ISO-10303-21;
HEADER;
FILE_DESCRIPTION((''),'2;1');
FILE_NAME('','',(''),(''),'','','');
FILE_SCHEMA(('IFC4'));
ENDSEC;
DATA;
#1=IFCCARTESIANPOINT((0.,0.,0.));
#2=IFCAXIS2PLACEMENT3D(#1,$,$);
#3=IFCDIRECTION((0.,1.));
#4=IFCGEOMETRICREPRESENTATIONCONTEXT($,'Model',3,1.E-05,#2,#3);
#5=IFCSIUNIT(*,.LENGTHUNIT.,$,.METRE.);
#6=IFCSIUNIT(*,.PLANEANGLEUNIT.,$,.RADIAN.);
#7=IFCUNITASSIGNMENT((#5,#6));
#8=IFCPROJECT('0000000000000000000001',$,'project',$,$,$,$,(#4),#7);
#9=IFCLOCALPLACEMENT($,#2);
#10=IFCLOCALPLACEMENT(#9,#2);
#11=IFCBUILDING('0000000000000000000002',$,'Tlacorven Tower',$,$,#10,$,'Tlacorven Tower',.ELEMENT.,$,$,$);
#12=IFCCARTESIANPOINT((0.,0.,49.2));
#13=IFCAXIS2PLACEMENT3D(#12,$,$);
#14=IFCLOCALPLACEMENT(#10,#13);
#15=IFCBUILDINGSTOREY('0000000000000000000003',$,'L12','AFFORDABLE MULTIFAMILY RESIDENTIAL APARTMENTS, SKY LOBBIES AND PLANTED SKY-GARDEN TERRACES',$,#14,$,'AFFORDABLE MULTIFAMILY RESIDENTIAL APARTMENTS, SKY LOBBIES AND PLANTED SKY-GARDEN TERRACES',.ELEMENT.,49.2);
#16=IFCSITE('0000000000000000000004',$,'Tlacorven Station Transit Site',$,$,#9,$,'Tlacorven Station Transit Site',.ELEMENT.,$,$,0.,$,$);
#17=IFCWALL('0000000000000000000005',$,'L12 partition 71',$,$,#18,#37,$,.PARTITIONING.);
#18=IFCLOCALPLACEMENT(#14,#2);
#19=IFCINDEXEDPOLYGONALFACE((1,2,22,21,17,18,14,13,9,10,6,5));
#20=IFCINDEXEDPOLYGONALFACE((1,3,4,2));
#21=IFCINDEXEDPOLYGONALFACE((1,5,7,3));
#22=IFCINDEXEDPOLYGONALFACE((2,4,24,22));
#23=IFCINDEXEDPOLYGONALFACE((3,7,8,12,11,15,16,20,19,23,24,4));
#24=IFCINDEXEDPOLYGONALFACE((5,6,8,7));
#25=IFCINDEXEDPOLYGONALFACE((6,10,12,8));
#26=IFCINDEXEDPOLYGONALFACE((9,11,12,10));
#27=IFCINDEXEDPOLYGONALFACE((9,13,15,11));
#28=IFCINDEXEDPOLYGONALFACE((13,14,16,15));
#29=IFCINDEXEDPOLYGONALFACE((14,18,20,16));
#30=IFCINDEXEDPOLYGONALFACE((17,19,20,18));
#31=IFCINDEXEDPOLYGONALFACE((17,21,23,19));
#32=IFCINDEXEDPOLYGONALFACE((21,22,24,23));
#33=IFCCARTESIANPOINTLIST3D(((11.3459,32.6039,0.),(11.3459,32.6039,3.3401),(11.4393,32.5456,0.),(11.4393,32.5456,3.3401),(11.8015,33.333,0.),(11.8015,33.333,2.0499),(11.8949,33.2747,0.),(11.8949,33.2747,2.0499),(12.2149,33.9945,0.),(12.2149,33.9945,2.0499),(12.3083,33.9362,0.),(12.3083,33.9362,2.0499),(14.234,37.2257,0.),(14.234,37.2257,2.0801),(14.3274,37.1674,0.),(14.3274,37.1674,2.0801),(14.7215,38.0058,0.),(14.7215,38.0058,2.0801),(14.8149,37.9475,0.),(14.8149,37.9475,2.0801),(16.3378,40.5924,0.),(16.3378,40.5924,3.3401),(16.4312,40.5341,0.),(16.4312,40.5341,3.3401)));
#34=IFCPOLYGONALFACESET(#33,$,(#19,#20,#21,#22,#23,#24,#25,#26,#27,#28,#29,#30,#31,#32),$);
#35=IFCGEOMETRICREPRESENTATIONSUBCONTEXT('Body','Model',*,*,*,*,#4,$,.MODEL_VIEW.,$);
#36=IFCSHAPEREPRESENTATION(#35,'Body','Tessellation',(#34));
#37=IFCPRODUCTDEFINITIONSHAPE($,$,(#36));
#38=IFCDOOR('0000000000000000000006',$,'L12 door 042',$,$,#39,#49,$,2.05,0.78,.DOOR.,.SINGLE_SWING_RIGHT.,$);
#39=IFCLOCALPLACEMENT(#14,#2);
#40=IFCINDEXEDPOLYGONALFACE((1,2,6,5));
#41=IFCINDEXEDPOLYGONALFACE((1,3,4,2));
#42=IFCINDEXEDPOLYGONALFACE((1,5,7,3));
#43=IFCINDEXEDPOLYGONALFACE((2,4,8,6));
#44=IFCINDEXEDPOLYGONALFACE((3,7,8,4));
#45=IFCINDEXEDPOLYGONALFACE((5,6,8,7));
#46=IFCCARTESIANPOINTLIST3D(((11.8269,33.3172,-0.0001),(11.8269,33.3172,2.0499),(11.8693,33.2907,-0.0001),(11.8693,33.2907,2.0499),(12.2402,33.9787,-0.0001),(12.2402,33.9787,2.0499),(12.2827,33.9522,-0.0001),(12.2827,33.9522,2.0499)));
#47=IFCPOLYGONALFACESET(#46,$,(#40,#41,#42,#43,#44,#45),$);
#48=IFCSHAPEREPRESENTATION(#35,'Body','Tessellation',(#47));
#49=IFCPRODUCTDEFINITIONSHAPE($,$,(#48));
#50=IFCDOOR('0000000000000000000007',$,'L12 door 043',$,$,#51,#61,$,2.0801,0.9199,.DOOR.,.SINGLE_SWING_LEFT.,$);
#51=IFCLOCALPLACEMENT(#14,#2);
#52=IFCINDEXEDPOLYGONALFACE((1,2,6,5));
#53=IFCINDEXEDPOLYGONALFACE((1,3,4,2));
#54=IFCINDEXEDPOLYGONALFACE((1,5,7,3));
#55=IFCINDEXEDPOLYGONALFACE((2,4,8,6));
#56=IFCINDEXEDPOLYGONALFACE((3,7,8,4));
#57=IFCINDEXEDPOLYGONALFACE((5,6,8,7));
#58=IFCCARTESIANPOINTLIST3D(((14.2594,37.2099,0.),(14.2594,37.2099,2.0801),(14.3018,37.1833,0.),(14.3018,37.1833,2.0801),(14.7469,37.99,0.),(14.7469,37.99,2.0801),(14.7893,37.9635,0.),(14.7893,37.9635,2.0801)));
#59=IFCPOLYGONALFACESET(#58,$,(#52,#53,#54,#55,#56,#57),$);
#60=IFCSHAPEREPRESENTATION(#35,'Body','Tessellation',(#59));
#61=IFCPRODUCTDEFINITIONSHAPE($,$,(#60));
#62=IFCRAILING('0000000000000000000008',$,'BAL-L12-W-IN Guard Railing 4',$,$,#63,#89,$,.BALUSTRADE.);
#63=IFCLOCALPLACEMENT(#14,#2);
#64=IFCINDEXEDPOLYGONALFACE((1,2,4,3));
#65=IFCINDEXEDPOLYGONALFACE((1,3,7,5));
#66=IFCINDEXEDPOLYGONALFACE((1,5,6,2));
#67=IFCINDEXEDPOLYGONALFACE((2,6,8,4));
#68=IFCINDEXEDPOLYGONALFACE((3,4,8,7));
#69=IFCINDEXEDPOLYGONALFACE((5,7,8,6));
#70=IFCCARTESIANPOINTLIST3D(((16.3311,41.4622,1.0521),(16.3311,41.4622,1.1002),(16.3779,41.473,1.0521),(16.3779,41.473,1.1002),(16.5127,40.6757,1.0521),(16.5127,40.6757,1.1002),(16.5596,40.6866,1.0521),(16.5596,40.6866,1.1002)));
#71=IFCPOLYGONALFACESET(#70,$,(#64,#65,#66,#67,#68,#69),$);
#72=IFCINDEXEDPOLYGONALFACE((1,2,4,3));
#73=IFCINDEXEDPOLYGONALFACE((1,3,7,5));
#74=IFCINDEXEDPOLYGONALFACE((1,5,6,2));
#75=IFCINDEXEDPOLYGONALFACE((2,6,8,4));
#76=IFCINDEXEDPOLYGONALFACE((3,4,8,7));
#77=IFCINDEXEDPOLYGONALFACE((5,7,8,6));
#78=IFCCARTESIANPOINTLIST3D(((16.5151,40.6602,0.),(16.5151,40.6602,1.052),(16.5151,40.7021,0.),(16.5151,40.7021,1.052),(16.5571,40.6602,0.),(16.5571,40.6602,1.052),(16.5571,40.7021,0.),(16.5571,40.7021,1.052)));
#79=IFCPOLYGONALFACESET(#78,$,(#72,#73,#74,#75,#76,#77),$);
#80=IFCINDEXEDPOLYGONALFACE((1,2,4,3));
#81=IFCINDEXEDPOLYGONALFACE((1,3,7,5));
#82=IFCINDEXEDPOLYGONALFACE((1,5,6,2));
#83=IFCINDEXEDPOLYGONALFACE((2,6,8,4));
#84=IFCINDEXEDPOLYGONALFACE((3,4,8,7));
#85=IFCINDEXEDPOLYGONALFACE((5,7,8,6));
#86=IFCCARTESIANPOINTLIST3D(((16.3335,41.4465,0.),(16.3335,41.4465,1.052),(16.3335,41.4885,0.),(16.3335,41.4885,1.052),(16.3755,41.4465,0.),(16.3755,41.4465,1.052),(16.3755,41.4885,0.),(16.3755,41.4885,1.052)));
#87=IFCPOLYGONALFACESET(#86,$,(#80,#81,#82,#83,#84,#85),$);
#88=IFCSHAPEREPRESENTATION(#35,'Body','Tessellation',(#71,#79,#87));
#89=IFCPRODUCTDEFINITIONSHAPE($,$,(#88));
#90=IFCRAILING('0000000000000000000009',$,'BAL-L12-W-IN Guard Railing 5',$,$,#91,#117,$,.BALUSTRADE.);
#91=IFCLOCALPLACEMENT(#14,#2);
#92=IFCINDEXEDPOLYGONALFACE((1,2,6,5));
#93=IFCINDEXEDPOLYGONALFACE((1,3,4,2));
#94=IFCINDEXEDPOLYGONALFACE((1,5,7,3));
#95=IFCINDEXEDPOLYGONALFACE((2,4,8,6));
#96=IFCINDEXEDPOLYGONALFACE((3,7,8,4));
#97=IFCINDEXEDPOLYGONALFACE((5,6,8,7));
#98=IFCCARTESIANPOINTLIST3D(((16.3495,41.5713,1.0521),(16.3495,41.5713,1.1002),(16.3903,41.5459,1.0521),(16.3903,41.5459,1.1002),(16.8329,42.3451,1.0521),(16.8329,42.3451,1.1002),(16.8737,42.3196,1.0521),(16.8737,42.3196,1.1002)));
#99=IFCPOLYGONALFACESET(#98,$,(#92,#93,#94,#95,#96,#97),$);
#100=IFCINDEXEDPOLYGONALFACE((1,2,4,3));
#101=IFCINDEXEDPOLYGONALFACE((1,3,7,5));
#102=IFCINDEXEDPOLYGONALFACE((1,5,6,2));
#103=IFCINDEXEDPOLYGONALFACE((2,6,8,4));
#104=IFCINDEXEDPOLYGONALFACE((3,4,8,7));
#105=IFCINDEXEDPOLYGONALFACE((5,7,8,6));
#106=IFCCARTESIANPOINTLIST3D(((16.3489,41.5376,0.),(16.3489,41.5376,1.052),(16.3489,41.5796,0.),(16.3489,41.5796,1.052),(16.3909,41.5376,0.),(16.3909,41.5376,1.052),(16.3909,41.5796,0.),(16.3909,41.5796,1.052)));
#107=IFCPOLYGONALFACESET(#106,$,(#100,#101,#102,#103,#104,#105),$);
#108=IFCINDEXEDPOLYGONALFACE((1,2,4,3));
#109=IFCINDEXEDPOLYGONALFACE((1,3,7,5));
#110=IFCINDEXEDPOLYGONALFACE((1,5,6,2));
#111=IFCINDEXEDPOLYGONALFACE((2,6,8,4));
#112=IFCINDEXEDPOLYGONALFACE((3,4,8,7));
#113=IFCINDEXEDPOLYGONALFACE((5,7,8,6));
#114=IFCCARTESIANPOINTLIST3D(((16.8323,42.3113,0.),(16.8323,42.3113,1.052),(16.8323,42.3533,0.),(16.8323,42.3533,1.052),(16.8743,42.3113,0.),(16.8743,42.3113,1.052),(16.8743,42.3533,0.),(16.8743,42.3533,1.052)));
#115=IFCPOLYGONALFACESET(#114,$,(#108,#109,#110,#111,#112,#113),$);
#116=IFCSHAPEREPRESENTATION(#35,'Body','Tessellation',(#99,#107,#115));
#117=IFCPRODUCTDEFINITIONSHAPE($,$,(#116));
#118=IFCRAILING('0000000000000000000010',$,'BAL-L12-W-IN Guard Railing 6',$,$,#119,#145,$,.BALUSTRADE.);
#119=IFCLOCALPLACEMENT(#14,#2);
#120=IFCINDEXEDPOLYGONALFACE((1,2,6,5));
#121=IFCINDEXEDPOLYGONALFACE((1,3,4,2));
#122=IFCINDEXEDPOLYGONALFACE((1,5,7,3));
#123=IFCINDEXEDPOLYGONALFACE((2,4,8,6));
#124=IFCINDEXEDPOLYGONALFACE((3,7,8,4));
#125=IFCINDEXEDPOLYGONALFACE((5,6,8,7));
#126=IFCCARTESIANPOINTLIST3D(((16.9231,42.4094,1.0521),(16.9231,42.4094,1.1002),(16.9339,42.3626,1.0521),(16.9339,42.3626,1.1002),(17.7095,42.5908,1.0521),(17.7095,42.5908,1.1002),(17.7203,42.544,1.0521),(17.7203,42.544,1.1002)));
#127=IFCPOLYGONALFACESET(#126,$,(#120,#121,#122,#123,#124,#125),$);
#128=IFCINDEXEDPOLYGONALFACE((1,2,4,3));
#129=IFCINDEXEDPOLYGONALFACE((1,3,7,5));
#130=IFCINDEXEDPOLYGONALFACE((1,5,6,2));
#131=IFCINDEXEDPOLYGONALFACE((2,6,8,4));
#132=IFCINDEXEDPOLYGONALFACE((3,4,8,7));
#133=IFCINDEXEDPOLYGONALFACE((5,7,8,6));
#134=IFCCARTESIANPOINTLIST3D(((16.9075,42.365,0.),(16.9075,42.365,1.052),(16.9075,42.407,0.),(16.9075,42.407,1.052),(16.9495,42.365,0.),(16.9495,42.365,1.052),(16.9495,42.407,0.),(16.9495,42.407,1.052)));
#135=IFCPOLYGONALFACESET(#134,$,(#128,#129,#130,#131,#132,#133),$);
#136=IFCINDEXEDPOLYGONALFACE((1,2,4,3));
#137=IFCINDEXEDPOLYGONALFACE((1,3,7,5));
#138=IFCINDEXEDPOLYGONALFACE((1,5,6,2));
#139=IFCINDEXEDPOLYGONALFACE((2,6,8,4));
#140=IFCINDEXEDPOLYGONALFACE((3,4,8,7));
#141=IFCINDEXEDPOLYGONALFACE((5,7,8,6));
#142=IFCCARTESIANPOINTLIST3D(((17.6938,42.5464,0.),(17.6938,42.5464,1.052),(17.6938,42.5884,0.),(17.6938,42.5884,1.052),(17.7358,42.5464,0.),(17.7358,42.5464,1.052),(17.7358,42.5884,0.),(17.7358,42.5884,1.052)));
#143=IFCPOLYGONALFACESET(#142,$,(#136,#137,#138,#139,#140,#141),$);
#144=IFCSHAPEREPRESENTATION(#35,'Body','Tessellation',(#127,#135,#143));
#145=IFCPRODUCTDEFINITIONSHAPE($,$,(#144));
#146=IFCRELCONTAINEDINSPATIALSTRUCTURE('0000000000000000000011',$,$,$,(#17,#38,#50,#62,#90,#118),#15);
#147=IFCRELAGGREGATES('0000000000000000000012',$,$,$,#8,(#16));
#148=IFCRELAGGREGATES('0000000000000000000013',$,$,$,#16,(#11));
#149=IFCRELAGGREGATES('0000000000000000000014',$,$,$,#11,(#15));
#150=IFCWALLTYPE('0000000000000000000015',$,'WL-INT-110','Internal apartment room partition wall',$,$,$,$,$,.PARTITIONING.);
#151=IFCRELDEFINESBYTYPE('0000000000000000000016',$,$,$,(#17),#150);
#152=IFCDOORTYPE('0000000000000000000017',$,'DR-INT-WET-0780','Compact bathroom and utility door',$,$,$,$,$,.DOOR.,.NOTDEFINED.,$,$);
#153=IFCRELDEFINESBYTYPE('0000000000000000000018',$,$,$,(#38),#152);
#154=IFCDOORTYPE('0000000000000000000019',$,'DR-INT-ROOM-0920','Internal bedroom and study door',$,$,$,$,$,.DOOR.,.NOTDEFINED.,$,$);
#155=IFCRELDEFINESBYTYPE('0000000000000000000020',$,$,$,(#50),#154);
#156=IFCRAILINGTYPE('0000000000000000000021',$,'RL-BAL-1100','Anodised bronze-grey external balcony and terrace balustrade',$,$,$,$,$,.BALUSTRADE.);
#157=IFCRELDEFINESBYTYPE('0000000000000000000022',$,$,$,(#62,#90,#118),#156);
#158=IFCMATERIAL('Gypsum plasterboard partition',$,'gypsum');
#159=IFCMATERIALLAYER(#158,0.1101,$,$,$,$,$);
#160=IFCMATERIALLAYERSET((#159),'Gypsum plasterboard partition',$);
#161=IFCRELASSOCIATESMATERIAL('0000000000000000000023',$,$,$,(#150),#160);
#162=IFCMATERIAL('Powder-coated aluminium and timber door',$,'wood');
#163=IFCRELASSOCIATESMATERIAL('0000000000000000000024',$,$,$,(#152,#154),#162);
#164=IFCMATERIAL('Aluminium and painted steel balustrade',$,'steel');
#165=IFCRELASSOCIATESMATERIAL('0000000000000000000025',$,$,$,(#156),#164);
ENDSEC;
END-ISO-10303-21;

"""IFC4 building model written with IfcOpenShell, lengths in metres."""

from ifc_helpers import new_model, si_unit, direction, frame, frame_2d, origin, origin_2d, place, context, subcontext, project, spatial, rectangle, extrude, source, transform, mapped, material, layer, layer_set, type_object, element, fill, save


model = new_model("IFC4")

# Units and contexts
model_context = context("Model", 3, precision=1e-05, world=origin(), true_north=direction((0.0, 1.0)))
body_context = subcontext(model_context, "Body", "Model", "MODEL_VIEW")
ifc_project = project(units=[si_unit("LENGTHUNIT", "METRE"), si_unit("PLANEANGLEUNIT", "RADIAN")], contexts=[model_context])

# Site, building, storey
site_placement = place(None, origin())
site = spatial("IfcSite", under=ifc_project, at=site_placement, Name="Tlacorven Station Transit Site", LongName="Tlacorven Station Transit Site", CompositionType="ELEMENT", RefElevation=0.0)
building_placement = place(site_placement, origin())
building = spatial("IfcBuilding", under=site, at=building_placement, Name="Tlacorven Tower", LongName="Tlacorven Tower", CompositionType="ELEMENT")
storey_placement = place(building_placement, frame((0.0, 0.0, 49.2)))
storey = spatial("IfcBuildingStorey", under=building, at=storey_placement, Name="L12", Description="AFFORDABLE MULTIFAMILY RESIDENTIAL APARTMENTS, SKY LOBBIES AND PLANTED SKY-GARDEN TERRACES", LongName="AFFORDABLE MULTIFAMILY RESIDENTIAL APARTMENTS, SKY LOBBIES AND PLANTED SKY-GARDEN TERRACES", CompositionType="ELEMENT", Elevation=49.2)

# Shared definitions
ifc_material_1 = material(Name="Powder-coated aluminium and timber door", Category="wood")

# Wall, openings, doors
ifc_material_2 = material(Name="Gypsum plasterboard partition", Category="gypsum")
ifc_layer_1 = layer(ifc_material_2, 0.1101)
ifc_layer_set_1 = layer_set([ifc_layer_1], Name="Gypsum plasterboard partition")
wall_type_1 = type_object("IfcWallType", Name="WL-INT-110", Description="Internal apartment room partition wall", PredefinedType="PARTITIONING", material=ifc_layer_set_1)
wall_1_placement = place(storey_placement, frame((16.3845, 40.5632, 0.0), z_axis=(0.0, 0.0, 1.0), x_axis=(-0.529931, -0.848041, 0.0)))
wall_1 = element("IfcWall", 1, at=wall_1_placement, inside=storey, type_object=wall_type_1, Name="L12 partition 71", PredefinedType="PARTITIONING", context=body_context, shape_type="SweptSolid", body=[
    extrude(rectangle(XDim=9.4199, YDim=0.1101, at=frame_2d((4.71, 0.0))), origin(), (0.0, 0.0, 1.0), 3.3401),
])
opening_1_placement = place(wall_1_placement, frame((7.78, 0.0, 0.0)))
opening_1 = element("IfcOpeningElement", 2, at=opening_1_placement, cuts=wall_1, PredefinedType="OPENING", context=body_context, shape_type="SweptSolid", body=[
    extrude(rectangle(XDim=0.78, YDim=2.05, at=frame_2d((0.3901, 1.0249))), frame((0.0, 0.0649, 0.0), z_axis=(0.0, -1.0, 0.0), x_axis=(1.0, 0.0, 0.0)), (0.0, 0.0, 1.0), 0.1301),
])
opening_2_placement = place(wall_1_placement, frame((3.05, 0.0, 0.0)))
opening_2 = element("IfcOpeningElement", 3, at=opening_2_placement, cuts=wall_1, PredefinedType="OPENING", context=body_context, shape_type="SweptSolid", body=[
    extrude(rectangle(XDim=0.9199, YDim=2.0801, at=frame_2d((0.46, 1.04))), frame((0.0, 0.0649, 0.0), z_axis=(0.0, -1.0, 0.0), x_axis=(1.0, 0.0, 0.0)), (0.0, 0.0, 1.0), 0.1301),
])
door_type_1 = type_object("IfcDoorType", Name="DR-INT-WET-0780", Description="Compact bathroom and utility door", OperationType="NOTDEFINED", PredefinedType="DOOR", material=ifc_material_1)
shared_shape_1 = source(origin(), body_context, "Body", "SweptSolid", [
    extrude(rectangle(XDim=0.78, YDim=2.05, at=frame_2d((0.3901, 1.0249))), frame((0.0, 0.0249, 0.0), z_axis=(0.0, -1.0, 0.0), x_axis=(1.0, 0.0, 0.0)), (0.0, 0.0, 1.0), 0.05),
])
door_1_placement = place(opening_1_placement, origin())
door_1 = element("IfcDoor", 4, at=door_1_placement, inside=storey, type_object=door_type_1, Name="L12 door 042", OperationType="SINGLE_SWING_RIGHT", OverallHeight=2.05, OverallWidth=0.78, PredefinedType="DOOR", context=body_context, shape_type="MappedRepresentation", body=[
    mapped(shared_shape_1, transform((0.0, 0.0, 0.0), scale=1.0)),
])
fill(opening_1, door_1)
door_type_2 = type_object("IfcDoorType", Name="DR-INT-ROOM-0920", Description="Internal bedroom and study door", OperationType="NOTDEFINED", PredefinedType="DOOR", material=ifc_material_1)
shared_shape_2 = source(origin(), body_context, "Body", "SweptSolid", [
    extrude(rectangle(XDim=0.9199, YDim=2.0801, at=frame_2d((0.46, 1.04))), frame((0.0, 0.0249, 0.0), z_axis=(0.0, -1.0, 0.0), x_axis=(1.0, 0.0, 0.0)), (0.0, 0.0, 1.0), 0.05),
])
door_2_placement = place(opening_2_placement, origin())
door_2 = element("IfcDoor", 5, at=door_2_placement, inside=storey, type_object=door_type_2, Name="L12 door 043", OperationType="SINGLE_SWING_LEFT", OverallHeight=2.0801, OverallWidth=0.9199, PredefinedType="DOOR", context=body_context, shape_type="MappedRepresentation", body=[
    mapped(shared_shape_2, transform((0.0, 0.0, 0.0), scale=1.0)),
])
fill(opening_2, door_2)

# Railings
ifc_material_3 = material(Name="Aluminium and painted steel balustrade", Category="steel")
railing_type = type_object("IfcRailingType", Name="RL-BAL-1100", Description="Anodised bronze-grey external balcony and terrace balustrade", PredefinedType="BALUSTRADE", material=ifc_material_3)
shared_shape_3 = source(origin(), body_context, "Body", "SweptSolid", [
    extrude(rectangle(XDim=0.0481, YDim=0.0481, at=origin_2d()), frame((0.0, 0.0, 1.0762), z_axis=(-0.225058, 0.974345, 0.0), x_axis=(-0.974345, -0.225058, 0.0)), (0.0, 0.0, 1.0), 0.8071),
    extrude(rectangle(XDim=0.042, YDim=0.042, at=origin_2d()), origin(), (0.0, 0.0, 1.0), 1.052),
    extrude(rectangle(XDim=0.042, YDim=0.042, at=origin_2d()), frame((-0.1816, 0.7864, 0.0)), (0.0, 0.0, 1.0), 1.052),
])
railing_1_placement = place(storey_placement, frame((16.5361, 40.6812, 0.0)))
element("IfcRailing", 6, at=railing_1_placement, inside=storey, type_object=railing_type, Name="BAL-L12-W-IN Guard Railing 4", PredefinedType="BALUSTRADE", context=body_context, shape_type="MappedRepresentation", body=[
    mapped(shared_shape_3, transform((0.0, 0.0, 0.0), scale=1.0)),
])
shared_shape_4 = source(origin(), body_context, "Body", "SweptSolid", [
    extrude(rectangle(XDim=0.0481, YDim=0.0481, at=origin_2d()), frame((0.0, 0.0, 1.0762), z_axis=(0.529879, 0.848073, 0.0), x_axis=(-0.848073, 0.529879, 0.0)), (0.0, 0.0, 1.0), 0.9124),
    extrude(rectangle(XDim=0.042, YDim=0.042, at=origin_2d()), origin(), (0.0, 0.0, 1.0), 1.052),
    extrude(rectangle(XDim=0.042, YDim=0.042, at=origin_2d()), frame((0.4834, 0.7737, 0.0)), (0.0, 0.0, 1.0), 1.052),
])
railing_2_placement = place(storey_placement, frame((16.3699, 41.5586, 0.0)))
element("IfcRailing", 7, at=railing_2_placement, inside=storey, type_object=railing_type, Name="BAL-L12-W-IN Guard Railing 5", PredefinedType="BALUSTRADE", context=body_context, shape_type="MappedRepresentation", body=[
    mapped(shared_shape_4, transform((0.0, 0.0, 0.0), scale=1.0)),
])
shared_shape_5 = source(origin(), body_context, "Body", "SweptSolid", [
    extrude(rectangle(XDim=0.0481, YDim=0.0481, at=origin_2d()), frame((0.0, 0.0, 1.0762), z_axis=(0.974412, 0.224771, 0.0), x_axis=(-0.224771, 0.974412, 0.0)), (0.0, 0.0, 1.0), 0.8071),
    extrude(rectangle(XDim=0.042, YDim=0.042, at=origin_2d()), origin(), (0.0, 0.0, 1.0), 1.052),
    extrude(rectangle(XDim=0.042, YDim=0.042, at=origin_2d()), frame((0.7864, 0.1814, 0.0)), (0.0, 0.0, 1.0), 1.052),
])
railing_3_placement = place(storey_placement, frame((16.9285, 42.386, 0.0)))
element("IfcRailing", 8, at=railing_3_placement, inside=storey, type_object=railing_type, Name="BAL-L12-W-IN Guard Railing 6", PredefinedType="BALUSTRADE", context=body_context, shape_type="MappedRepresentation", body=[
    mapped(shared_shape_5, transform((0.0, 0.0, 0.0), scale=1.0)),
])

save(model, "model.ifc")
